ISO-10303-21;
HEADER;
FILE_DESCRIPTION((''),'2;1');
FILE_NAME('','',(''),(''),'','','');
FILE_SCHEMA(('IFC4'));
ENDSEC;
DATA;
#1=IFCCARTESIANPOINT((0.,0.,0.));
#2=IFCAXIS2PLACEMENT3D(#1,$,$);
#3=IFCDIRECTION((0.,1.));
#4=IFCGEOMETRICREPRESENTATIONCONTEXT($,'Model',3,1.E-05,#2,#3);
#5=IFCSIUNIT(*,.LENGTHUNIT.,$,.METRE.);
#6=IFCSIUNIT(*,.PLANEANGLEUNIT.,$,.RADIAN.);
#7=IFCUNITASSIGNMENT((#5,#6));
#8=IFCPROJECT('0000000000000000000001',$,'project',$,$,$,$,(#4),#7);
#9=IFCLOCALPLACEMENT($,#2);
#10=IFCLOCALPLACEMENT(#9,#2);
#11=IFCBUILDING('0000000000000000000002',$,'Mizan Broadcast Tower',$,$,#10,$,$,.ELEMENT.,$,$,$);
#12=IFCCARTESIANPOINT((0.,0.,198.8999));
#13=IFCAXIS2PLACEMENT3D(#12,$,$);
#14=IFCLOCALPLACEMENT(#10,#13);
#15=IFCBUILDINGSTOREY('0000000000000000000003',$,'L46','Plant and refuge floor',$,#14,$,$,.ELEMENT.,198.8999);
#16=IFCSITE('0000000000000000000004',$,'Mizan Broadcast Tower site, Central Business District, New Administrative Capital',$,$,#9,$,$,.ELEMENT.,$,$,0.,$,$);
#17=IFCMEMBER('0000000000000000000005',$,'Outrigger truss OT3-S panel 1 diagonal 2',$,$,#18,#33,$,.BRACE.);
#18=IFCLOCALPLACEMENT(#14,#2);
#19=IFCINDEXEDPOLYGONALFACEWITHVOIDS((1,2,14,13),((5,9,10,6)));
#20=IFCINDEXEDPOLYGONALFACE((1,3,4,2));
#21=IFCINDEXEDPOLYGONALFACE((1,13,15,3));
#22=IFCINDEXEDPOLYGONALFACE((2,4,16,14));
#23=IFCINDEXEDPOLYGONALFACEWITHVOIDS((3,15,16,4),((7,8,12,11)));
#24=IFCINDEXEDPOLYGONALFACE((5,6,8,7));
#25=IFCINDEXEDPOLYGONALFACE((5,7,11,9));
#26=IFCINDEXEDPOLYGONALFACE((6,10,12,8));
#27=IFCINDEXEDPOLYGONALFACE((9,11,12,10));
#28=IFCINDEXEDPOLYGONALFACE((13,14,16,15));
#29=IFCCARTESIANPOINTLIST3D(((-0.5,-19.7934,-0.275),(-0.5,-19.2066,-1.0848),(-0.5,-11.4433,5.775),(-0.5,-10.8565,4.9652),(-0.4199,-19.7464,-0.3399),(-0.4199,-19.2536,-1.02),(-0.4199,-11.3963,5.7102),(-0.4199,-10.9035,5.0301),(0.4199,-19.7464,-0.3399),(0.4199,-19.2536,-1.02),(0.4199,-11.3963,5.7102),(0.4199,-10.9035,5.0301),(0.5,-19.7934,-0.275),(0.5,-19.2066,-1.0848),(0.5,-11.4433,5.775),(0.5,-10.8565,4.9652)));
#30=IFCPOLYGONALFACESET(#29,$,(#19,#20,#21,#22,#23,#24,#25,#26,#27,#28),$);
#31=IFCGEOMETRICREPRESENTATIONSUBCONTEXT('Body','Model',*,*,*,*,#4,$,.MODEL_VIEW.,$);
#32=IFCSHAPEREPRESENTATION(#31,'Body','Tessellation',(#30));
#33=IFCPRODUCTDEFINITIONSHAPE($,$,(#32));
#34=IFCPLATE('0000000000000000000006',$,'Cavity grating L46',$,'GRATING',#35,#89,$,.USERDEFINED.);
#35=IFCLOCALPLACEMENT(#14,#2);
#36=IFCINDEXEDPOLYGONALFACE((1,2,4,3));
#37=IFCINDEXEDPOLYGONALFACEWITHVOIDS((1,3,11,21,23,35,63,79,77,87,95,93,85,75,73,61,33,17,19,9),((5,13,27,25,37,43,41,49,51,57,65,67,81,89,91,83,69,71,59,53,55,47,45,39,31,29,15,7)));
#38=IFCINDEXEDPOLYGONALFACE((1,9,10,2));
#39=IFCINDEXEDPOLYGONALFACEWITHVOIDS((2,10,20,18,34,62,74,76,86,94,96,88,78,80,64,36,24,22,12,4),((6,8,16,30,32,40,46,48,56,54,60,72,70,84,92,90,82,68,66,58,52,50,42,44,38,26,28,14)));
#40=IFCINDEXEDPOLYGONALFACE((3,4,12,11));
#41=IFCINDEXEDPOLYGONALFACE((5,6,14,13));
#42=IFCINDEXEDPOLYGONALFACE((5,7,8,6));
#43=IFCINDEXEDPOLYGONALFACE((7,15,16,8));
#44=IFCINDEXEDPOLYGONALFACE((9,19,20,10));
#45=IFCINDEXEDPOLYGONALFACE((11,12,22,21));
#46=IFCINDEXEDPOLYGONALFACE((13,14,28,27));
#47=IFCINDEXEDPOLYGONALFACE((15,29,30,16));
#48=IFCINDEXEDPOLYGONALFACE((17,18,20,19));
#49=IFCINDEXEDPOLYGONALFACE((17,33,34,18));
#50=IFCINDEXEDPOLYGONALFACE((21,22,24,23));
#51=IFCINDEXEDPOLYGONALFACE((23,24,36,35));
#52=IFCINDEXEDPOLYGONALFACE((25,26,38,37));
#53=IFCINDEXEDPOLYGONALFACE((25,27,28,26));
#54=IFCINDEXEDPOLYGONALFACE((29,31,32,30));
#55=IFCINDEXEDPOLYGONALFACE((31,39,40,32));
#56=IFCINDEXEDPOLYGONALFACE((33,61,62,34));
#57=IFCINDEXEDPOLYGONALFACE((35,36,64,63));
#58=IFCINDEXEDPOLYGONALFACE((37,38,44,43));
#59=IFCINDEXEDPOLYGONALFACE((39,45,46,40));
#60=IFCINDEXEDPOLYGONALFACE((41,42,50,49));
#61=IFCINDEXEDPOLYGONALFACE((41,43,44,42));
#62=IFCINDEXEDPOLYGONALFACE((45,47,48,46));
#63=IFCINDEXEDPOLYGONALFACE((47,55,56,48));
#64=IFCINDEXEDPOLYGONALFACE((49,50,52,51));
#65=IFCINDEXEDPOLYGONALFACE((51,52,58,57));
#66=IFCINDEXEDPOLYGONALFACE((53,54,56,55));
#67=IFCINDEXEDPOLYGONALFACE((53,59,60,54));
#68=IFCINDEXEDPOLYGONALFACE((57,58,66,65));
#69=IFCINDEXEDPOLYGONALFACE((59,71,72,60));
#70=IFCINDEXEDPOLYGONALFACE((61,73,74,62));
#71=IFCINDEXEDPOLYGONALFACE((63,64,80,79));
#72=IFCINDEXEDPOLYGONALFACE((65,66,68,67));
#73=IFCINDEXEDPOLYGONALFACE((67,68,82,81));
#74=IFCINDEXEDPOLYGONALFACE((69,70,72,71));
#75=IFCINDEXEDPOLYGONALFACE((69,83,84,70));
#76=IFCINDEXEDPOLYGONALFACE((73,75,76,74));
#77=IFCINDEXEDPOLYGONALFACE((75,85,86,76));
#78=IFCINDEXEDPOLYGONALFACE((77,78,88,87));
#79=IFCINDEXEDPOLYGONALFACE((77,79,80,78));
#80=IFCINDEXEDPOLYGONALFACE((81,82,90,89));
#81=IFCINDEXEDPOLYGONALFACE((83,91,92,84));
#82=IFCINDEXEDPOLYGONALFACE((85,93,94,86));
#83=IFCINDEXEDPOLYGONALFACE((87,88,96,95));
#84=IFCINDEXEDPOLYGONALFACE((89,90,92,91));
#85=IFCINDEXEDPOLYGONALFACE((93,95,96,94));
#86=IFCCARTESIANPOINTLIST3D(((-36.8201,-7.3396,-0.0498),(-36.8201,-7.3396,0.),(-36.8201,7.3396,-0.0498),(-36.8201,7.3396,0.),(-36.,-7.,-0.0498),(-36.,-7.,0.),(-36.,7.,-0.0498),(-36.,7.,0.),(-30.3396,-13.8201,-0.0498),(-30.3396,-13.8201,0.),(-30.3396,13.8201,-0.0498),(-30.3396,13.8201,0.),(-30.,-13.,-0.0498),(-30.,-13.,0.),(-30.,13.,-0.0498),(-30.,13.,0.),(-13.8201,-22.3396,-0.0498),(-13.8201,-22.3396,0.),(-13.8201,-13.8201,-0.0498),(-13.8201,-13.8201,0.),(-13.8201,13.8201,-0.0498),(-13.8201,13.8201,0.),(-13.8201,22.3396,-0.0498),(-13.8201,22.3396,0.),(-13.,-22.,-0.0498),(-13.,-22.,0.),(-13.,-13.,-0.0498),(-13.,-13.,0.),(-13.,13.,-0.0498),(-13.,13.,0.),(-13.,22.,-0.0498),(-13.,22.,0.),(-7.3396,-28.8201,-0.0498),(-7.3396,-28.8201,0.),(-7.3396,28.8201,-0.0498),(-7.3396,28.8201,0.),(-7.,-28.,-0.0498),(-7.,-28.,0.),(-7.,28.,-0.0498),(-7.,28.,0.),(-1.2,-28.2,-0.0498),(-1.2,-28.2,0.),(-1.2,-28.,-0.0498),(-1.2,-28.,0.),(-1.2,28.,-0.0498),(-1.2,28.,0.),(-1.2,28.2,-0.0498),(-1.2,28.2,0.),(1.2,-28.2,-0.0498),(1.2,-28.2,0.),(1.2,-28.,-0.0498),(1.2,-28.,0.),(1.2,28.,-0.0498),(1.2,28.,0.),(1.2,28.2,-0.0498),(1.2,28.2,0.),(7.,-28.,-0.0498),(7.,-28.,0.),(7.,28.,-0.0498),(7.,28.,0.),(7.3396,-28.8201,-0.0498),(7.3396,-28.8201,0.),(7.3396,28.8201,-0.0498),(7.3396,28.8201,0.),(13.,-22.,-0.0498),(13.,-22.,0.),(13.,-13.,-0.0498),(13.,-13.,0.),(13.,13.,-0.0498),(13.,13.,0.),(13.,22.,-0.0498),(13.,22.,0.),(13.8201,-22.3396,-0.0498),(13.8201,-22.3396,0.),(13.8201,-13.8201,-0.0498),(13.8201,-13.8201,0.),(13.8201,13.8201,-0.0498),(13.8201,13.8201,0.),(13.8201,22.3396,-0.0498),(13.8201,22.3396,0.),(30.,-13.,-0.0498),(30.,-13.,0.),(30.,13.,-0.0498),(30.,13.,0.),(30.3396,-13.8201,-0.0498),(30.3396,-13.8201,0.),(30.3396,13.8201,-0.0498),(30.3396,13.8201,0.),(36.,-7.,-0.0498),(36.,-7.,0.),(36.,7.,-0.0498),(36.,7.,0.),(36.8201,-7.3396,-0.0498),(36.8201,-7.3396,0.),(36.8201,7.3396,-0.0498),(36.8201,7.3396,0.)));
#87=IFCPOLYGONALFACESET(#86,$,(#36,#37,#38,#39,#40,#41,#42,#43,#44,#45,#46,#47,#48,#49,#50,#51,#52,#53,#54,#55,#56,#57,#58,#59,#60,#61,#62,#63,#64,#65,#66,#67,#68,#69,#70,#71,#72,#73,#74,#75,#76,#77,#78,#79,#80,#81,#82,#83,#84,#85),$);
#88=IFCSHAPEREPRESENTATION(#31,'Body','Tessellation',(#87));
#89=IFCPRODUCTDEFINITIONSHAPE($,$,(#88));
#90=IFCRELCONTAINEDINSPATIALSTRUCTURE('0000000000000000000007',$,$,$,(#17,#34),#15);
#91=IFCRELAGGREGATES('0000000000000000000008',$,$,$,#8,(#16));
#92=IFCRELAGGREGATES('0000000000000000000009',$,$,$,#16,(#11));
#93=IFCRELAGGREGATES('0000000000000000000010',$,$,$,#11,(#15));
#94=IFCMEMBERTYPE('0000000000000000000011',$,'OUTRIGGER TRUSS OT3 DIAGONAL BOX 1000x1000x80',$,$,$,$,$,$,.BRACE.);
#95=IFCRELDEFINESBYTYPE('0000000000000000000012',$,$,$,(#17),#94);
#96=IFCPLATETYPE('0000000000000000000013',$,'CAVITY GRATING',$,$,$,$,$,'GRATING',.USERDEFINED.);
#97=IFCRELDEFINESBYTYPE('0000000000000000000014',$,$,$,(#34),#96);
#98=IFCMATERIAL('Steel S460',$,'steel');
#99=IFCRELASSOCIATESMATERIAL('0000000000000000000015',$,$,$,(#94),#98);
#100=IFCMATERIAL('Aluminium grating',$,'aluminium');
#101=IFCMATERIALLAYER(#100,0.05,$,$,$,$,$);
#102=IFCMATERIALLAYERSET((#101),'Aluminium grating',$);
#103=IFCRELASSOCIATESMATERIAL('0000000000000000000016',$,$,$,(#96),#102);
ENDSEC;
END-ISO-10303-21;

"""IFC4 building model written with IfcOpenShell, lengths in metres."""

from ifc_helpers import new_model, si_unit, direction, frame, origin, origin_2d, place, context, subcontext, project, spatial, polyline, hollow_rectangle, outline, extrude, material, layer, layer_set, material_profile, profile_set, type_object, element, save


model = new_model("IFC4")

# Units and contexts
model_context = context("Model", 3, precision=1e-05, world=origin(), true_north=direction((0.0, 1.0)))
body_context = subcontext(model_context, "Body", "Model", "MODEL_VIEW")
ifc_project = project(units=[si_unit("LENGTHUNIT", "METRE"), si_unit("PLANEANGLEUNIT", "RADIAN")], contexts=[model_context])

# Site, building, storey
site_placement = place(None, origin())
site = spatial("IfcSite", under=ifc_project, at=site_placement, Name="Mizan Broadcast Tower site, Central Business District, New Administrative Capital", CompositionType="ELEMENT", RefElevation=0.0)
building_placement = place(site_placement, origin())
building = spatial("IfcBuilding", under=site, at=building_placement, Name="Mizan Broadcast Tower", CompositionType="ELEMENT")
storey_placement = place(building_placement, frame((0.0, 0.0, 198.8999)))
storey = spatial("IfcBuildingStorey", under=building, at=storey_placement, Name="L46", Description="Plant and refuge floor", CompositionType="ELEMENT", Elevation=198.8999)

# Member
ifc_material_1 = material(Name="Steel S460", Category="steel")
ifc_material_profile = material_profile(ifc_material_1, hollow_rectangle(XDim=1.0, YDim=1.0, WallThickness=0.0801, at=origin_2d()), Name="BOX 1000x1000x80")
ifc_profile_set = profile_set([ifc_material_profile], Name="Steel S460")
member_type = type_object("IfcMemberType", Name="OUTRIGGER TRUSS OT3 DIAGONAL BOX 1000x1000x80", PredefinedType="BRACE", material=ifc_profile_set)
member_placement = place(storey_placement, frame((0.0, -11.1499, 5.3701), z_axis=(0.0, -0.809784, -0.586728), x_axis=(1.0, 0.0, 0.0)))
element("IfcMember", 1, at=member_placement, inside=storey, type_object=member_type, Name="Outrigger truss OT3-S panel 1 diagonal 2", PredefinedType="BRACE", context=body_context, shape_type="SweptSolid", body=[
    extrude(hollow_rectangle(XDim=1.0, YDim=1.0, WallThickness=0.0801, at=origin_2d()), origin(), (0.0, 0.0, 1.0), 10.3115),
])

# Plate
ifc_material_2 = material(Name="Aluminium grating", Category="aluminium")
ifc_layer_1 = layer(ifc_material_2, 0.05)
ifc_layer_set_1 = layer_set([ifc_layer_1], Name="Aluminium grating")
plate_type = type_object("IfcPlateType", Name="CAVITY GRATING", ElementType="GRATING", PredefinedType="USERDEFINED", material=ifc_layer_set_1)
plate_placement = place(storey_placement, frame((0.0, 0.0, -0.0498)))
element("IfcPlate", 2, at=plate_placement, inside=storey, type_object=plate_type, Name="Cavity grating L46", ObjectType="GRATING", PredefinedType="USERDEFINED", context=body_context, shape_type="SweptSolid", body=[
    extrude(outline(polyline([(7.3396, -28.8201), (13.8201, -22.3396), (13.8201, -13.8201), (30.3396, -13.8201), (36.8201, -7.3396), (36.8201, 7.3396), (30.3396, 13.8201), (13.8201, 13.8201), (13.8201, 22.3396), (7.3396, 28.8201), (-7.3396, 28.8201), (-13.8201, 22.3396), (-13.8201, 13.8201), (-30.3396, 13.8201), (-36.8201, 7.3396), (-36.8201, -7.3396), (-30.3396, -13.8201), (-13.8201, -13.8201), (-13.8201, -22.3396), (-7.3396, -28.8201), (7.3396, -28.8201)]), holes=[polyline([(36.0, -7.0), (30.0, -13.0), (13.0, -13.0), (13.0, -22.0), (7.0, -28.0), (1.2, -28.0), (1.2, -28.2), (-1.2, -28.2), (-1.2, -28.0), (-7.0, -28.0), (-13.0, -22.0), (-13.0, -13.0), (-30.0, -13.0), (-36.0, -7.0), (-36.0, 7.0), (-30.0, 13.0), (-13.0, 13.0), (-13.0, 22.0), (-7.0, 28.0), (-1.2, 28.0), (-1.2, 28.2), (1.2, 28.2), (1.2, 28.0), (7.0, 28.0), (13.0, 22.0), (13.0, 13.0), (30.0, 13.0), (36.0, 7.0), (36.0, -7.0)])]), origin(), (0.0, 0.0, 1.0), 0.0498),
])

save(model, "model.ifc")
